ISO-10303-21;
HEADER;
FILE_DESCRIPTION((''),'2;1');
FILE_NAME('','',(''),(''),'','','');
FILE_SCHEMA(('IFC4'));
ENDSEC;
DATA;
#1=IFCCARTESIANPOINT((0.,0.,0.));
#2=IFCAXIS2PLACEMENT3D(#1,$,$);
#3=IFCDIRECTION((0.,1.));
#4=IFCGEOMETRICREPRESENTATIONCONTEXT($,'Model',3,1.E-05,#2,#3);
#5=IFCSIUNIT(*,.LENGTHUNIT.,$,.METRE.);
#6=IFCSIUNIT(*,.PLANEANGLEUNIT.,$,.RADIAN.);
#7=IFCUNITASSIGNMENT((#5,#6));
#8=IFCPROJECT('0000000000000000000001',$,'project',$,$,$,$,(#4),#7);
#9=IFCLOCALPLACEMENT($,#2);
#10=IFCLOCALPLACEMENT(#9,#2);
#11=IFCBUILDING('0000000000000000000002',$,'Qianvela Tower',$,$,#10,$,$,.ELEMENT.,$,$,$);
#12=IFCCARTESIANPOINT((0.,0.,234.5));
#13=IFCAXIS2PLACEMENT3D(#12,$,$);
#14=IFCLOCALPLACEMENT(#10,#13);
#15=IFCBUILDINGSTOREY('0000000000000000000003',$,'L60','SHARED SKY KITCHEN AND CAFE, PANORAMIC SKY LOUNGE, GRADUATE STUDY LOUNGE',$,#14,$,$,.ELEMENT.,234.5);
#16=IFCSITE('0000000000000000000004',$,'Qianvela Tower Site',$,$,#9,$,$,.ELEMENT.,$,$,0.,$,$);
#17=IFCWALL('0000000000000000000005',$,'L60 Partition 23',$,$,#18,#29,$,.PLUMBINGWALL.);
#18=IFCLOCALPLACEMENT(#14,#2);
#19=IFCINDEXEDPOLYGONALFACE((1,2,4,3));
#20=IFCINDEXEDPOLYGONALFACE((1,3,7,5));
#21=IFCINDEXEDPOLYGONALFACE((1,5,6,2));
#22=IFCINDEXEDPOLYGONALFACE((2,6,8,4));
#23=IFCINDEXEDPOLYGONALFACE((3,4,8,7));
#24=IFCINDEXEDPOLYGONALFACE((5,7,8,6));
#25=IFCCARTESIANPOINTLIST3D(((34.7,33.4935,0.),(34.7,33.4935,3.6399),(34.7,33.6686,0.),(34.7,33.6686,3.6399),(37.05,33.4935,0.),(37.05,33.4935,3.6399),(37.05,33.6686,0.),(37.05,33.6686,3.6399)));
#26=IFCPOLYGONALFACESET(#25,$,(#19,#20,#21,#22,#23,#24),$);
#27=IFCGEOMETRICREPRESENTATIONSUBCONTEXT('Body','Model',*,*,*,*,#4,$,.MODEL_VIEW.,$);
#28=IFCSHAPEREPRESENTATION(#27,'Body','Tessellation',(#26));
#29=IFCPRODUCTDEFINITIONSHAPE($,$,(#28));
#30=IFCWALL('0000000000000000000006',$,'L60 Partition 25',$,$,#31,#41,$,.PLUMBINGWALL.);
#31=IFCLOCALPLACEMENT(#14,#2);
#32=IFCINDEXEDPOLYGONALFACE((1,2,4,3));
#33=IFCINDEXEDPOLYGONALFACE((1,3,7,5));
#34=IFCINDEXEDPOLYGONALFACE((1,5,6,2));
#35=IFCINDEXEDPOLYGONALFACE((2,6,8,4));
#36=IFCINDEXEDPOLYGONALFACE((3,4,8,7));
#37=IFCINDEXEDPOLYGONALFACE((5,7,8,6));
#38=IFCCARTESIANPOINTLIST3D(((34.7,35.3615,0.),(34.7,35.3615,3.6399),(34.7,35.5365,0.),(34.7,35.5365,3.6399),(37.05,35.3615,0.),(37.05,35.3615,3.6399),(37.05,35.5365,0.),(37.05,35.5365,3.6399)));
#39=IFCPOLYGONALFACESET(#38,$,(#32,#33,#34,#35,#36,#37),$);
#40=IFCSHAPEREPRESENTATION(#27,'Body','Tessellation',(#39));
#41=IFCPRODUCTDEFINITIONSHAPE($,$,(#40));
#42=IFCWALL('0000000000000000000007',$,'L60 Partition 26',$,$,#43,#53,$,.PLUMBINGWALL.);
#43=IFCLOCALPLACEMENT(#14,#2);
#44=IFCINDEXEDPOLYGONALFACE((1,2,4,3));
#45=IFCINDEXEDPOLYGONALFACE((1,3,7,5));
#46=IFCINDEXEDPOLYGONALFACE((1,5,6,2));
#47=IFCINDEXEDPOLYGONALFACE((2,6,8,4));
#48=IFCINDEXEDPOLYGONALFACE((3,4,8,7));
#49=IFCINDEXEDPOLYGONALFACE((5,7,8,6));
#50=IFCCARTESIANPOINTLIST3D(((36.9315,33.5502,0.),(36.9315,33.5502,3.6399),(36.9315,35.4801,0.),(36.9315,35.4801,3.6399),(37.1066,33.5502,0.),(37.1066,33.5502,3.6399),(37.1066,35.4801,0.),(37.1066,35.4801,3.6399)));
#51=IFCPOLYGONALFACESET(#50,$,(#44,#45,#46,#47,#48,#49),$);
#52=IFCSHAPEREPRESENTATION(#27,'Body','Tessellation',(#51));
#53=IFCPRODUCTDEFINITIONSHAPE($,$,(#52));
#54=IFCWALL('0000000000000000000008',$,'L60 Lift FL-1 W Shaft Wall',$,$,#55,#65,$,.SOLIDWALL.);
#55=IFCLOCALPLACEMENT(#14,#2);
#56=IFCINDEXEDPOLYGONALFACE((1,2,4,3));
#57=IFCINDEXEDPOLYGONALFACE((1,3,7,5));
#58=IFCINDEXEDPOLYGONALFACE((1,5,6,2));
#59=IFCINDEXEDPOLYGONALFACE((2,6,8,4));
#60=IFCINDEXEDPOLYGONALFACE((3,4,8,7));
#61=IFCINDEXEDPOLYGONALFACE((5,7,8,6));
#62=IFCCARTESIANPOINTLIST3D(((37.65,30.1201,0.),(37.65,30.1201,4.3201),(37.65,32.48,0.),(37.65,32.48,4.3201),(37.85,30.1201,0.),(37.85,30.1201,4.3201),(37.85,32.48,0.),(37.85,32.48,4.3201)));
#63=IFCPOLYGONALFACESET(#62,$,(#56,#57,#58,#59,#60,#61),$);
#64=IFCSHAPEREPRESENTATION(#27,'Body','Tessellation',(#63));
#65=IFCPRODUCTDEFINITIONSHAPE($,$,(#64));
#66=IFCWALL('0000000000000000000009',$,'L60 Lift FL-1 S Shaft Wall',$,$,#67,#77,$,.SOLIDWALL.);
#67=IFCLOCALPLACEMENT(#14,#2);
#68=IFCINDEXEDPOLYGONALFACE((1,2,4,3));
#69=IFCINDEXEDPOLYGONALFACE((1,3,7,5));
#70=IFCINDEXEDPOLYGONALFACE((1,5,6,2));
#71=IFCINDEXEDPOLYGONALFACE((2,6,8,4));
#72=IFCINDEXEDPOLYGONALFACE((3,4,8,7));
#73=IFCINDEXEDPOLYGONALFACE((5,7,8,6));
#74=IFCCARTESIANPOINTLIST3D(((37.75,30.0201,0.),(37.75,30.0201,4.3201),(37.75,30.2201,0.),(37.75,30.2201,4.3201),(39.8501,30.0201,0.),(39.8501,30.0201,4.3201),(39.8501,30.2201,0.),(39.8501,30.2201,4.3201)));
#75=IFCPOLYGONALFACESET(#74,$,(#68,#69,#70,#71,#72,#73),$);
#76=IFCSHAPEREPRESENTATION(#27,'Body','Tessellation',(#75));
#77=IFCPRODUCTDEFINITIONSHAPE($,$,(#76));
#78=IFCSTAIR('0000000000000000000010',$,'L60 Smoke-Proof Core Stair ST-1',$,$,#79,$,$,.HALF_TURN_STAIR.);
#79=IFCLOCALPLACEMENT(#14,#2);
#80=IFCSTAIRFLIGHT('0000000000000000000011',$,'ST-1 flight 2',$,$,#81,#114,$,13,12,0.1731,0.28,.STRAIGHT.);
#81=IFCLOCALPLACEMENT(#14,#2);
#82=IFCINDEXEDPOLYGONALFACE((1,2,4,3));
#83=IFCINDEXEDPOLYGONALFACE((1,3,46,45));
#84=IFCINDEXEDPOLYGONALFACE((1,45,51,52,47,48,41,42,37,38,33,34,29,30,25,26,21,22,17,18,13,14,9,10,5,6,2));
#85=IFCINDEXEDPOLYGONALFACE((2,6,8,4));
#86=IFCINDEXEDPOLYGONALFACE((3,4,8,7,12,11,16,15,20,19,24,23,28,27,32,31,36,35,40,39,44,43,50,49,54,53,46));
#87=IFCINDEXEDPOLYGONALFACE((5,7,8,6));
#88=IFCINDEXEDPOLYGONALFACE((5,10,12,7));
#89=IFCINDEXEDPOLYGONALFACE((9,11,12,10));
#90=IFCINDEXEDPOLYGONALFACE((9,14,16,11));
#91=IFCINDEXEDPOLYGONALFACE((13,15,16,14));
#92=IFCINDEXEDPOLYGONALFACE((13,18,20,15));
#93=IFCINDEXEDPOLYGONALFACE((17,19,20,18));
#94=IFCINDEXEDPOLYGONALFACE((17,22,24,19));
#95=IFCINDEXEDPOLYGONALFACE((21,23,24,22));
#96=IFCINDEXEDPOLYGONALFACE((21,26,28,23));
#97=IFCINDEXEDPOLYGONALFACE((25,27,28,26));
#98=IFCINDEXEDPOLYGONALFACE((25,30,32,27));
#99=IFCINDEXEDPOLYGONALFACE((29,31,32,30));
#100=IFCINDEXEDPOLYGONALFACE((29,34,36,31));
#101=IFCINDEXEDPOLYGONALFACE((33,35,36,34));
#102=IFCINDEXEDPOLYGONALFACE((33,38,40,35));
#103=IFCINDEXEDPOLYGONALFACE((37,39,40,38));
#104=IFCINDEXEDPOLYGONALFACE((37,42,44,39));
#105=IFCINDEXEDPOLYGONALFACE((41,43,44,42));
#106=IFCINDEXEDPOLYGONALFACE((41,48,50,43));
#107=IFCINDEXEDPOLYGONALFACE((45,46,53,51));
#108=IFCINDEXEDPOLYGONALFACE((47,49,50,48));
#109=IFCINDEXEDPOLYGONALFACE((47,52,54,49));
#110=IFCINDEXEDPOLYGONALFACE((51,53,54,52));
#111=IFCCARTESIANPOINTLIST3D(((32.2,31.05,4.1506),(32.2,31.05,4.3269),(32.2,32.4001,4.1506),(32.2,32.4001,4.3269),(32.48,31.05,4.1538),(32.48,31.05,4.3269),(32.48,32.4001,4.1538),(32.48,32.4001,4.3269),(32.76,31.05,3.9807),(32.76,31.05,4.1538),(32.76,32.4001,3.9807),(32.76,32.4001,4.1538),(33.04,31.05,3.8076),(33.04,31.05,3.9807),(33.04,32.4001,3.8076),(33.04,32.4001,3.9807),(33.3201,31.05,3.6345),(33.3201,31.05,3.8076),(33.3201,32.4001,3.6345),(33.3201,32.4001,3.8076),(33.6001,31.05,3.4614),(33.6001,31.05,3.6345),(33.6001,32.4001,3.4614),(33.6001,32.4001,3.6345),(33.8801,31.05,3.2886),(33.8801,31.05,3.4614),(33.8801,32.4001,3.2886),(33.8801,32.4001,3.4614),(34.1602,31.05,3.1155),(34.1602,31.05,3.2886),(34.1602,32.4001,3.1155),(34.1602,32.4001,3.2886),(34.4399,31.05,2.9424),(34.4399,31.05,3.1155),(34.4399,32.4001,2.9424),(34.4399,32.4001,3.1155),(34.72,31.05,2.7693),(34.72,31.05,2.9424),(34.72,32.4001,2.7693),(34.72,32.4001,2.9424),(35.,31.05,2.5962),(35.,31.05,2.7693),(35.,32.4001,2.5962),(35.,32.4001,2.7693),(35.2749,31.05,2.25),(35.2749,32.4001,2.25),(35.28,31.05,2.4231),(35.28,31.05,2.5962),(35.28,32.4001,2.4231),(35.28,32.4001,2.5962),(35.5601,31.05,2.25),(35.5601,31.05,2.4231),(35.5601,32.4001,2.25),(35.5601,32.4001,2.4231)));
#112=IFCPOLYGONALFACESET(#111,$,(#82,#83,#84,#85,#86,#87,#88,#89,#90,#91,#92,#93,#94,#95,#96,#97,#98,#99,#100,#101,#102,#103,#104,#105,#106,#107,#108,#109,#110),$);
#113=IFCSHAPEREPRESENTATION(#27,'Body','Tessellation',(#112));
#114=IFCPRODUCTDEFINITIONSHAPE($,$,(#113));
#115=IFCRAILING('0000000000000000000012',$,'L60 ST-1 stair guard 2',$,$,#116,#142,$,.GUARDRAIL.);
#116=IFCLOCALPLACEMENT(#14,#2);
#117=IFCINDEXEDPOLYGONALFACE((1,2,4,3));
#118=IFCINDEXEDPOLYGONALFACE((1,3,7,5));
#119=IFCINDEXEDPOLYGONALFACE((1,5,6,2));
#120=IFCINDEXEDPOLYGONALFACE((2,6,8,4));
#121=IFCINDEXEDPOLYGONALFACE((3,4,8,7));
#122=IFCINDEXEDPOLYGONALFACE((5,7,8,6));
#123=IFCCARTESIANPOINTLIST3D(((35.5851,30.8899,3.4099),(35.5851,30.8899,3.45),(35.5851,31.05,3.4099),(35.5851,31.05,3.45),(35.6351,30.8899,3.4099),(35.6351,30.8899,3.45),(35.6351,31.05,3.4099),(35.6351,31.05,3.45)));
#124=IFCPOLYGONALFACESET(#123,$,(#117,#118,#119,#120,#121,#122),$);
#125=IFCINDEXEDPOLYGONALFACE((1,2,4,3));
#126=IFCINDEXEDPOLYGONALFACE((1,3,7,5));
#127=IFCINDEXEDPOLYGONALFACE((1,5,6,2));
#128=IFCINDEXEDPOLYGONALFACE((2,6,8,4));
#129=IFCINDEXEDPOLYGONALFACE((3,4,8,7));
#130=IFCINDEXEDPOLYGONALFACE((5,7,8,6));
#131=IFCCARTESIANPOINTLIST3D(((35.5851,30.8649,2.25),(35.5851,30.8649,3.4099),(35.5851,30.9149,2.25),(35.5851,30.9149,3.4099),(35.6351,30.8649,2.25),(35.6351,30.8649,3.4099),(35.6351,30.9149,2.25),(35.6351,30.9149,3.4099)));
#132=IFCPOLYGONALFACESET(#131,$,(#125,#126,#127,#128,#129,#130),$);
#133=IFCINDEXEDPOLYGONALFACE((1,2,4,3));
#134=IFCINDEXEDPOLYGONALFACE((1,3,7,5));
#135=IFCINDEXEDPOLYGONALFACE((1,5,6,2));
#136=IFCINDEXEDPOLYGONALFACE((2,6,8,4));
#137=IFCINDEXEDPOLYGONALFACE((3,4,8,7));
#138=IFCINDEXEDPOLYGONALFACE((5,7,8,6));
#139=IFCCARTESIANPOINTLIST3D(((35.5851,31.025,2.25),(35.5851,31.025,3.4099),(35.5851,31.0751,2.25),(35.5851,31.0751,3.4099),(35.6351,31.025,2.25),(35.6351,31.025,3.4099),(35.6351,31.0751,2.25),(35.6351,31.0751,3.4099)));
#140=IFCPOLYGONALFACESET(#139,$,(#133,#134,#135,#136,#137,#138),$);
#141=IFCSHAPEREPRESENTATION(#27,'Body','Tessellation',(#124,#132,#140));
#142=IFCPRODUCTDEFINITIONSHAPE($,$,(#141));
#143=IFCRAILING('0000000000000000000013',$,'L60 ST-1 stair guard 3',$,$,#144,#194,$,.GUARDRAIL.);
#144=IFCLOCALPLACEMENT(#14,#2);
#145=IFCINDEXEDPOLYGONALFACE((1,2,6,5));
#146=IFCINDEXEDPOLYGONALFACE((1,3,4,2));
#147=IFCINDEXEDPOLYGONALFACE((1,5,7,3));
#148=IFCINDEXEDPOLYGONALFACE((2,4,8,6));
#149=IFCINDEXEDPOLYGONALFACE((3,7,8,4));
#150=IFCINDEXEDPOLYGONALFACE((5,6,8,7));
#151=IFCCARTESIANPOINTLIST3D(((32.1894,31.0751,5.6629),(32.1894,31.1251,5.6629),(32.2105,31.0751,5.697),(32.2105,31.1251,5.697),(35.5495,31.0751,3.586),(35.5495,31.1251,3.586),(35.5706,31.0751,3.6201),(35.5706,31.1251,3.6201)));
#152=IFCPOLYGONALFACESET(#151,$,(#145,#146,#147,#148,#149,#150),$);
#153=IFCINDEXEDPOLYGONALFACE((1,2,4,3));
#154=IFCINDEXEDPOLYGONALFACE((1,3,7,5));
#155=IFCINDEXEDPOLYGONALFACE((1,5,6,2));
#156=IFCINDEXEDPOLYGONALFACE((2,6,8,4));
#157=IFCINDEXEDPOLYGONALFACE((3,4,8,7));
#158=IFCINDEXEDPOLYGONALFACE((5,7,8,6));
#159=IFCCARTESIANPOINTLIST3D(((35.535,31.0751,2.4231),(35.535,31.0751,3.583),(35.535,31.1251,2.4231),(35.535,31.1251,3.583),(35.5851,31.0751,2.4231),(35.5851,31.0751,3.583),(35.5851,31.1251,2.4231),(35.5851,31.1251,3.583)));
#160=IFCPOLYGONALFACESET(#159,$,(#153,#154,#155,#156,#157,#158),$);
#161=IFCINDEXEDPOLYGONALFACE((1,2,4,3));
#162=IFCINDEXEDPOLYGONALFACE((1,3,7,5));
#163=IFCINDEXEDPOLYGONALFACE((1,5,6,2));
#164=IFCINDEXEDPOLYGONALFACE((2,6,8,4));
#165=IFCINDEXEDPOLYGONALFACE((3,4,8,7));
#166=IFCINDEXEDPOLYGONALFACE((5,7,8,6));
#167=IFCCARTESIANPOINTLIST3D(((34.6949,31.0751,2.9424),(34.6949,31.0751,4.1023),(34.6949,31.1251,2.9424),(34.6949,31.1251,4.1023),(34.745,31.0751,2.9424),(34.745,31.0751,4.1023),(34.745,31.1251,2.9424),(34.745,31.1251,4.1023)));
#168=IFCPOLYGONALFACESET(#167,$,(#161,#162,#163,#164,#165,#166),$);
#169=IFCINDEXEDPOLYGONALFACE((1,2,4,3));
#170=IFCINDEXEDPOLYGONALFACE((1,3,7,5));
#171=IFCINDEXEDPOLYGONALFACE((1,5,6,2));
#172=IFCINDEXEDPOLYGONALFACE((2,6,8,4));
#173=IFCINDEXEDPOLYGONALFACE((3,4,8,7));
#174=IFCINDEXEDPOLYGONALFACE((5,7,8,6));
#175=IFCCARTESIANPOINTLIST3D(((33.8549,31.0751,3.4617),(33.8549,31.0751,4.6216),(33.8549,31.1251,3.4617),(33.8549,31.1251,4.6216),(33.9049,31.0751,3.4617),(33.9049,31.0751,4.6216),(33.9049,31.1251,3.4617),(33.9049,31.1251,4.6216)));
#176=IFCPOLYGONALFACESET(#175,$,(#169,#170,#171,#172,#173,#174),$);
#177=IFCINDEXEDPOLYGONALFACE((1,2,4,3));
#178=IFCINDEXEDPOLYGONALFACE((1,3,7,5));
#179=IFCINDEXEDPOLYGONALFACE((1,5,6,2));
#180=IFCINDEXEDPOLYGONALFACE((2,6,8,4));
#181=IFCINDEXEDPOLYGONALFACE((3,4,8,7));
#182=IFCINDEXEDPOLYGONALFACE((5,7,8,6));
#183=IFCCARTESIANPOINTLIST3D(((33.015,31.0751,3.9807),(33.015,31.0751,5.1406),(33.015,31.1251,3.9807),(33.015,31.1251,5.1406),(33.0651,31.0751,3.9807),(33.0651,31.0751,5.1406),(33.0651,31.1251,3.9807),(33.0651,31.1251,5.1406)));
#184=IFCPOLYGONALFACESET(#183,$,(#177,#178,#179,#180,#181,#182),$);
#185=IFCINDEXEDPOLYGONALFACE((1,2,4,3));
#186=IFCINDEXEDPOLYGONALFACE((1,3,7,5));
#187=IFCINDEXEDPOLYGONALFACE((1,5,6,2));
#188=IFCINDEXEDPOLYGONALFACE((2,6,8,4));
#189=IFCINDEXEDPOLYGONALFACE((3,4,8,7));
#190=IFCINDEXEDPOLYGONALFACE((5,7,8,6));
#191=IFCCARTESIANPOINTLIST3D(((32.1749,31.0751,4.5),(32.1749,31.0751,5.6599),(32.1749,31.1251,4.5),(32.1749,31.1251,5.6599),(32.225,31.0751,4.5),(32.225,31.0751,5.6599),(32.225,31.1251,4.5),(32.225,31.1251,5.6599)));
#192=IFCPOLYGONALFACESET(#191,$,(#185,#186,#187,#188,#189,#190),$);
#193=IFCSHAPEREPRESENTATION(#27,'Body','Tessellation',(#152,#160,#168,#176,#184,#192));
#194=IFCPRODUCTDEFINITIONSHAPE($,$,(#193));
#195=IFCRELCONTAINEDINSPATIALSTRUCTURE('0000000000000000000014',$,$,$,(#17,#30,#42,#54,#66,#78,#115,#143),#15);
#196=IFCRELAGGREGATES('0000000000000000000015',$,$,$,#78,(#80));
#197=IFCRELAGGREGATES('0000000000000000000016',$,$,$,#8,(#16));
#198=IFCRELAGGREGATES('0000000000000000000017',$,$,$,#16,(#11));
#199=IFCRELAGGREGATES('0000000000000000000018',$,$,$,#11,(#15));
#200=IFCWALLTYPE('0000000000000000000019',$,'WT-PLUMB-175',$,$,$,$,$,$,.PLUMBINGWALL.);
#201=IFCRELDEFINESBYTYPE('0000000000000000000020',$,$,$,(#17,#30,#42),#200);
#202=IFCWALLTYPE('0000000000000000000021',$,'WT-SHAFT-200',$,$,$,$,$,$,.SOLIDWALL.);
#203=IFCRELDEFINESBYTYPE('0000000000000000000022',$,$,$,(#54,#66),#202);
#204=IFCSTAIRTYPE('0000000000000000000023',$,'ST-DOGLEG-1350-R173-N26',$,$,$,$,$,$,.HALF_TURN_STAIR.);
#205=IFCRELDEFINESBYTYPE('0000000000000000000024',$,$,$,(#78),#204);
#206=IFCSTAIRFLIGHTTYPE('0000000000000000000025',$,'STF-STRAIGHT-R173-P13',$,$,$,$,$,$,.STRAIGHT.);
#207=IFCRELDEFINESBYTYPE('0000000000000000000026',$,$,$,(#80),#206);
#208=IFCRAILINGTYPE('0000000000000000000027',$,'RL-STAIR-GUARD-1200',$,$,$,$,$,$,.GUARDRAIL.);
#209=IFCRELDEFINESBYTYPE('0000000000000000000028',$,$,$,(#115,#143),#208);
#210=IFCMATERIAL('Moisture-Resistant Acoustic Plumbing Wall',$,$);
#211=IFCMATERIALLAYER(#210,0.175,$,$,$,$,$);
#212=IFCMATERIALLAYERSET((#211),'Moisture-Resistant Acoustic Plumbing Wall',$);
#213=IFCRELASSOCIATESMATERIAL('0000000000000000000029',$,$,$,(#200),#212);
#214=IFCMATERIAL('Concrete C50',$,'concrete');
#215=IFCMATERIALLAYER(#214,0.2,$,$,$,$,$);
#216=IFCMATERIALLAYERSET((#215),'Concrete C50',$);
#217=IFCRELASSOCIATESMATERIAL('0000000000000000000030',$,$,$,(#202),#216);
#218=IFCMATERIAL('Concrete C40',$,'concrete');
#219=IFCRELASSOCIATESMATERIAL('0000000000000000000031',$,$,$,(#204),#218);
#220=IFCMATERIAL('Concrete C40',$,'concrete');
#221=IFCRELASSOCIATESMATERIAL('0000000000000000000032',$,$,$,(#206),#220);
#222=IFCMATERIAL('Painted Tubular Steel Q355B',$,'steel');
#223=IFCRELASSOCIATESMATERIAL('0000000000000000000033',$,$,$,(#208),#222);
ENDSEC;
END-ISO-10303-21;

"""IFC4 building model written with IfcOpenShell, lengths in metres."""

from ifc_helpers import new_model, si_unit, direction, frame, frame_2d, origin, origin_2d, place, context, subcontext, project, spatial, polyline, rectangle, outline, extrude, material, layer, layer_set, type_object, element, aggregate, save


model = new_model("IFC4")

# Units and contexts
model_context = context("Model", 3, precision=1e-05, world=origin(), true_north=direction((0.0, 1.0)))
body_context = subcontext(model_context, "Body", "Model", "MODEL_VIEW")
ifc_project = project(units=[si_unit("LENGTHUNIT", "METRE"), si_unit("PLANEANGLEUNIT", "RADIAN")], contexts=[model_context])

# Site, building, storey
site_placement = place(None, origin())
site = spatial("IfcSite", under=ifc_project, at=site_placement, Name="Qianvela Tower Site", CompositionType="ELEMENT", RefElevation=0.0)
building_placement = place(site_placement, origin())
building = spatial("IfcBuilding", under=site, at=building_placement, Name="Qianvela Tower", CompositionType="ELEMENT")
storey_placement = place(building_placement, frame((0.0, 0.0, 234.5)))
storey = spatial("IfcBuildingStorey", under=building, at=storey_placement, Name="L60", Description="SHARED SKY KITCHEN AND CAFE, PANORAMIC SKY LOUNGE, GRADUATE STUDY LOUNGE", CompositionType="ELEMENT", Elevation=234.5)

# Walls
ifc_material_1 = material(Name="Moisture-Resistant Acoustic Plumbing Wall")
ifc_layer_1 = layer(ifc_material_1, 0.175)
ifc_layer_set_1 = layer_set([ifc_layer_1], Name="Moisture-Resistant Acoustic Plumbing Wall")
wall_type_1 = type_object("IfcWallType", Name="WT-PLUMB-175", PredefinedType="PLUMBINGWALL", material=ifc_layer_set_1)
for number, where, z_axis, x_axis, name in (
    (1, (37.05, 33.5811, 0.0), (0.0, 0.0, 1.0), (-1.0, 0.0, 0.0), "L60 Partition 23"),
    (2, (34.7, 35.449, 0.0), (0.0, 0.0, 1.0), (1.0, 0.0, 0.0), "L60 Partition 25"),
):
    element("IfcWall", number, at=place(storey_placement, frame(where, z_axis=z_axis, x_axis=x_axis)), inside=storey, type_object=wall_type_1, Name=name, PredefinedType="PLUMBINGWALL", context=body_context, shape_type="SweptSolid", body=[
        extrude(rectangle(XDim=2.3501, YDim=0.175, at=frame_2d((1.175, 0.0))), origin(), (0.0, 0.0, 1.0), 3.6399),
    ])
wall_1_placement = place(storey_placement, frame((37.019, 35.48, 0.0), z_axis=(0.0, 0.0, 1.0), x_axis=(0.0, -1.0, 0.0)))
element("IfcWall", 3, at=wall_1_placement, inside=storey, type_object=wall_type_1, Name="L60 Partition 26", PredefinedType="PLUMBINGWALL", context=body_context, shape_type="SweptSolid", body=[
    extrude(rectangle(XDim=1.9299, YDim=0.175, at=frame_2d((0.9648, 0.0))), origin(), (0.0, 0.0, 1.0), 3.6399),
])

# Shared definitions
ifc_material_2 = material(Name="Concrete C50", Category="concrete")
ifc_layer_2 = layer(ifc_material_2, 0.2)
ifc_layer_set_2 = layer_set([ifc_layer_2], Name="Concrete C50")
wall_type_2 = type_object("IfcWallType", Name="WT-SHAFT-200", PredefinedType="SOLIDWALL", material=ifc_layer_set_2)

# Walls
wall_2_placement = place(storey_placement, frame((37.75, 30.1201, 0.0), z_axis=(0.0, 0.0, 1.0), x_axis=(0.0, 1.0, 0.0)))
element("IfcWall", 4, at=wall_2_placement, inside=storey, type_object=wall_type_2, Name="L60 Lift FL-1 W Shaft Wall", PredefinedType="SOLIDWALL", context=body_context, shape_type="SweptSolid", body=[
    extrude(rectangle(XDim=2.3599, YDim=0.2, at=frame_2d((1.1799, 0.0))), origin(), (0.0, 0.0, 1.0), 4.3201),
])
wall_3_placement = place(storey_placement, frame((37.75, 30.1201, 0.0), z_axis=(0.0, 0.0, 1.0), x_axis=(1.0, 0.0, 0.0)))
element("IfcWall", 5, at=wall_3_placement, inside=storey, type_object=wall_type_2, Name="L60 Lift FL-1 S Shaft Wall", PredefinedType="SOLIDWALL", context=body_context, shape_type="SweptSolid", body=[
    extrude(rectangle(XDim=2.1001, YDim=0.2, at=frame_2d((1.05, 0.0))), origin(), (0.0, 0.0, 1.0), 4.3201),
])

# Stair, stair flight
ifc_material_3 = material(Name="Concrete C40", Category="concrete")
stair_type = type_object("IfcStairType", Name="ST-DOGLEG-1350-R173-N26", PredefinedType="HALF_TURN_STAIR", material=ifc_material_3)
stair_placement = place(storey_placement, origin())
stair = element("IfcStair", 6, at=stair_placement, inside=storey, type_object=stair_type, Name="L60 Smoke-Proof Core Stair ST-1", PredefinedType="HALF_TURN_STAIR")
ifc_material_4 = material(Name="Concrete C40", Category="concrete")
stair_flight_type = type_object("IfcStairFlightType", Name="STF-STRAIGHT-R173-P13", PredefinedType="STRAIGHT", material=ifc_material_4)
stair_flight_placement = place(storey_placement, frame((35.5601, 31.7251, 2.25), z_axis=(0.0, 0.0, 1.0), x_axis=(-1.0, 0.0, 0.0)))
stair_flight = element("IfcStairFlight", 7, at=stair_flight_placement, type_object=stair_flight_type, Name="ST-1 flight 2", NumberOfRisers=13, NumberOfTreads=12, PredefinedType="STRAIGHT", RiserHeight=0.1731, TreadLength=0.28, context=body_context, shape_type="SweptSolid", body=[
    extrude(outline(polyline([(0.0, 0.0), (0.0, 0.1731), (0.28, 0.1731), (0.28, 0.3462), (0.5601, 0.3462), (0.5601, 0.5193), (0.8401, 0.5193), (0.8401, 0.6924), (1.1201, 0.6924), (1.1201, 0.8655), (1.3999, 0.8655), (1.3999, 1.0386), (1.6799, 1.0386), (1.6799, 1.2114), (1.96, 1.2114), (1.96, 1.3845), (2.24, 1.3845), (2.24, 1.5576), (2.52, 1.5576), (2.52, 1.7307), (2.8, 1.7307), (2.8, 1.9038), (3.0801, 1.9038), (3.0801, 2.0769), (3.3601, 2.0769), (3.3601, 2.25), (3.3601, 1.9006), (0.2852, 0.0), (0.0, 0.0)])), frame((0.0, 0.675, 0.0), z_axis=(0.0, -1.0, 0.0), x_axis=(1.0, 0.0, 0.0)), (0.0, 0.0, 1.0), 1.3501),
])
aggregate(stair, [stair_flight])

# Railings
ifc_material_5 = material(Name="Painted Tubular Steel Q355B", Category="steel")
railing_type_1 = type_object("IfcRailingType", Name="RL-STAIR-GUARD-1200", PredefinedType="GUARDRAIL", material=ifc_material_5)
railing_1_placement = place(storey_placement, frame((35.6101, 30.8899, 2.25)))
element("IfcRailing", 8, at=railing_1_placement, inside=storey, type_object=railing_type_1, Name="L60 ST-1 stair guard 2", PredefinedType="GUARDRAIL", context=body_context, shape_type="SweptSolid", body=[
    extrude(rectangle(XDim=0.05, YDim=0.04, at=origin_2d()), frame((0.0, 0.0, 1.1799), z_axis=(0.0, 1.0, 0.0), x_axis=(-1.0, 0.0, 0.0)), (0.0, 0.0, 1.0), 0.1602),
    extrude(rectangle(XDim=0.05, YDim=0.05, at=origin_2d()), origin(), (0.0, 0.0, 1.0), 1.1599),
    extrude(rectangle(XDim=0.05, YDim=0.05, at=origin_2d()), frame((0.0, 0.1602, 0.0)), (0.0, 0.0, 1.0), 1.1599),
])
railing_2_placement = place(storey_placement, frame((35.5601, 31.1001, 2.4231)))
element("IfcRailing", 9, at=railing_2_placement, inside=storey, type_object=railing_type_1, Name="L60 ST-1 stair guard 3", PredefinedType="GUARDRAIL", context=body_context, shape_type="SweptSolid", body=[
    extrude(rectangle(XDim=0.05, YDim=0.04, at=origin_2d()), frame((0.0, 0.0, 1.1799), z_axis=(-0.850623, 0.0, 0.525776), x_axis=(0.0, -1.0, 0.0)), (0.0, 0.0, 1.0), 3.9502),
    extrude(rectangle(XDim=0.05, YDim=0.05, at=origin_2d()), origin(), (0.0, 0.0, 1.0), 1.1599),
    extrude(rectangle(XDim=0.05, YDim=0.05, at=origin_2d()), frame((-0.8401, 0.0, 0.5193)), (0.0, 0.0, 1.0), 1.1599),
    extrude(rectangle(XDim=0.05, YDim=0.05, at=origin_2d()), frame((-1.6802, 0.0, 1.0386)), (0.0, 0.0, 1.0), 1.1599),
    extrude(rectangle(XDim=0.05, YDim=0.05, at=origin_2d()), frame((-2.52, 0.0, 1.5576)), (0.0, 0.0, 1.0), 1.1599),
    extrude(rectangle(XDim=0.05, YDim=0.05, at=origin_2d()), frame((-3.3601, 0.0, 2.0769)), (0.0, 0.0, 1.0), 1.1599),
])

save(model, "model.ifc")
